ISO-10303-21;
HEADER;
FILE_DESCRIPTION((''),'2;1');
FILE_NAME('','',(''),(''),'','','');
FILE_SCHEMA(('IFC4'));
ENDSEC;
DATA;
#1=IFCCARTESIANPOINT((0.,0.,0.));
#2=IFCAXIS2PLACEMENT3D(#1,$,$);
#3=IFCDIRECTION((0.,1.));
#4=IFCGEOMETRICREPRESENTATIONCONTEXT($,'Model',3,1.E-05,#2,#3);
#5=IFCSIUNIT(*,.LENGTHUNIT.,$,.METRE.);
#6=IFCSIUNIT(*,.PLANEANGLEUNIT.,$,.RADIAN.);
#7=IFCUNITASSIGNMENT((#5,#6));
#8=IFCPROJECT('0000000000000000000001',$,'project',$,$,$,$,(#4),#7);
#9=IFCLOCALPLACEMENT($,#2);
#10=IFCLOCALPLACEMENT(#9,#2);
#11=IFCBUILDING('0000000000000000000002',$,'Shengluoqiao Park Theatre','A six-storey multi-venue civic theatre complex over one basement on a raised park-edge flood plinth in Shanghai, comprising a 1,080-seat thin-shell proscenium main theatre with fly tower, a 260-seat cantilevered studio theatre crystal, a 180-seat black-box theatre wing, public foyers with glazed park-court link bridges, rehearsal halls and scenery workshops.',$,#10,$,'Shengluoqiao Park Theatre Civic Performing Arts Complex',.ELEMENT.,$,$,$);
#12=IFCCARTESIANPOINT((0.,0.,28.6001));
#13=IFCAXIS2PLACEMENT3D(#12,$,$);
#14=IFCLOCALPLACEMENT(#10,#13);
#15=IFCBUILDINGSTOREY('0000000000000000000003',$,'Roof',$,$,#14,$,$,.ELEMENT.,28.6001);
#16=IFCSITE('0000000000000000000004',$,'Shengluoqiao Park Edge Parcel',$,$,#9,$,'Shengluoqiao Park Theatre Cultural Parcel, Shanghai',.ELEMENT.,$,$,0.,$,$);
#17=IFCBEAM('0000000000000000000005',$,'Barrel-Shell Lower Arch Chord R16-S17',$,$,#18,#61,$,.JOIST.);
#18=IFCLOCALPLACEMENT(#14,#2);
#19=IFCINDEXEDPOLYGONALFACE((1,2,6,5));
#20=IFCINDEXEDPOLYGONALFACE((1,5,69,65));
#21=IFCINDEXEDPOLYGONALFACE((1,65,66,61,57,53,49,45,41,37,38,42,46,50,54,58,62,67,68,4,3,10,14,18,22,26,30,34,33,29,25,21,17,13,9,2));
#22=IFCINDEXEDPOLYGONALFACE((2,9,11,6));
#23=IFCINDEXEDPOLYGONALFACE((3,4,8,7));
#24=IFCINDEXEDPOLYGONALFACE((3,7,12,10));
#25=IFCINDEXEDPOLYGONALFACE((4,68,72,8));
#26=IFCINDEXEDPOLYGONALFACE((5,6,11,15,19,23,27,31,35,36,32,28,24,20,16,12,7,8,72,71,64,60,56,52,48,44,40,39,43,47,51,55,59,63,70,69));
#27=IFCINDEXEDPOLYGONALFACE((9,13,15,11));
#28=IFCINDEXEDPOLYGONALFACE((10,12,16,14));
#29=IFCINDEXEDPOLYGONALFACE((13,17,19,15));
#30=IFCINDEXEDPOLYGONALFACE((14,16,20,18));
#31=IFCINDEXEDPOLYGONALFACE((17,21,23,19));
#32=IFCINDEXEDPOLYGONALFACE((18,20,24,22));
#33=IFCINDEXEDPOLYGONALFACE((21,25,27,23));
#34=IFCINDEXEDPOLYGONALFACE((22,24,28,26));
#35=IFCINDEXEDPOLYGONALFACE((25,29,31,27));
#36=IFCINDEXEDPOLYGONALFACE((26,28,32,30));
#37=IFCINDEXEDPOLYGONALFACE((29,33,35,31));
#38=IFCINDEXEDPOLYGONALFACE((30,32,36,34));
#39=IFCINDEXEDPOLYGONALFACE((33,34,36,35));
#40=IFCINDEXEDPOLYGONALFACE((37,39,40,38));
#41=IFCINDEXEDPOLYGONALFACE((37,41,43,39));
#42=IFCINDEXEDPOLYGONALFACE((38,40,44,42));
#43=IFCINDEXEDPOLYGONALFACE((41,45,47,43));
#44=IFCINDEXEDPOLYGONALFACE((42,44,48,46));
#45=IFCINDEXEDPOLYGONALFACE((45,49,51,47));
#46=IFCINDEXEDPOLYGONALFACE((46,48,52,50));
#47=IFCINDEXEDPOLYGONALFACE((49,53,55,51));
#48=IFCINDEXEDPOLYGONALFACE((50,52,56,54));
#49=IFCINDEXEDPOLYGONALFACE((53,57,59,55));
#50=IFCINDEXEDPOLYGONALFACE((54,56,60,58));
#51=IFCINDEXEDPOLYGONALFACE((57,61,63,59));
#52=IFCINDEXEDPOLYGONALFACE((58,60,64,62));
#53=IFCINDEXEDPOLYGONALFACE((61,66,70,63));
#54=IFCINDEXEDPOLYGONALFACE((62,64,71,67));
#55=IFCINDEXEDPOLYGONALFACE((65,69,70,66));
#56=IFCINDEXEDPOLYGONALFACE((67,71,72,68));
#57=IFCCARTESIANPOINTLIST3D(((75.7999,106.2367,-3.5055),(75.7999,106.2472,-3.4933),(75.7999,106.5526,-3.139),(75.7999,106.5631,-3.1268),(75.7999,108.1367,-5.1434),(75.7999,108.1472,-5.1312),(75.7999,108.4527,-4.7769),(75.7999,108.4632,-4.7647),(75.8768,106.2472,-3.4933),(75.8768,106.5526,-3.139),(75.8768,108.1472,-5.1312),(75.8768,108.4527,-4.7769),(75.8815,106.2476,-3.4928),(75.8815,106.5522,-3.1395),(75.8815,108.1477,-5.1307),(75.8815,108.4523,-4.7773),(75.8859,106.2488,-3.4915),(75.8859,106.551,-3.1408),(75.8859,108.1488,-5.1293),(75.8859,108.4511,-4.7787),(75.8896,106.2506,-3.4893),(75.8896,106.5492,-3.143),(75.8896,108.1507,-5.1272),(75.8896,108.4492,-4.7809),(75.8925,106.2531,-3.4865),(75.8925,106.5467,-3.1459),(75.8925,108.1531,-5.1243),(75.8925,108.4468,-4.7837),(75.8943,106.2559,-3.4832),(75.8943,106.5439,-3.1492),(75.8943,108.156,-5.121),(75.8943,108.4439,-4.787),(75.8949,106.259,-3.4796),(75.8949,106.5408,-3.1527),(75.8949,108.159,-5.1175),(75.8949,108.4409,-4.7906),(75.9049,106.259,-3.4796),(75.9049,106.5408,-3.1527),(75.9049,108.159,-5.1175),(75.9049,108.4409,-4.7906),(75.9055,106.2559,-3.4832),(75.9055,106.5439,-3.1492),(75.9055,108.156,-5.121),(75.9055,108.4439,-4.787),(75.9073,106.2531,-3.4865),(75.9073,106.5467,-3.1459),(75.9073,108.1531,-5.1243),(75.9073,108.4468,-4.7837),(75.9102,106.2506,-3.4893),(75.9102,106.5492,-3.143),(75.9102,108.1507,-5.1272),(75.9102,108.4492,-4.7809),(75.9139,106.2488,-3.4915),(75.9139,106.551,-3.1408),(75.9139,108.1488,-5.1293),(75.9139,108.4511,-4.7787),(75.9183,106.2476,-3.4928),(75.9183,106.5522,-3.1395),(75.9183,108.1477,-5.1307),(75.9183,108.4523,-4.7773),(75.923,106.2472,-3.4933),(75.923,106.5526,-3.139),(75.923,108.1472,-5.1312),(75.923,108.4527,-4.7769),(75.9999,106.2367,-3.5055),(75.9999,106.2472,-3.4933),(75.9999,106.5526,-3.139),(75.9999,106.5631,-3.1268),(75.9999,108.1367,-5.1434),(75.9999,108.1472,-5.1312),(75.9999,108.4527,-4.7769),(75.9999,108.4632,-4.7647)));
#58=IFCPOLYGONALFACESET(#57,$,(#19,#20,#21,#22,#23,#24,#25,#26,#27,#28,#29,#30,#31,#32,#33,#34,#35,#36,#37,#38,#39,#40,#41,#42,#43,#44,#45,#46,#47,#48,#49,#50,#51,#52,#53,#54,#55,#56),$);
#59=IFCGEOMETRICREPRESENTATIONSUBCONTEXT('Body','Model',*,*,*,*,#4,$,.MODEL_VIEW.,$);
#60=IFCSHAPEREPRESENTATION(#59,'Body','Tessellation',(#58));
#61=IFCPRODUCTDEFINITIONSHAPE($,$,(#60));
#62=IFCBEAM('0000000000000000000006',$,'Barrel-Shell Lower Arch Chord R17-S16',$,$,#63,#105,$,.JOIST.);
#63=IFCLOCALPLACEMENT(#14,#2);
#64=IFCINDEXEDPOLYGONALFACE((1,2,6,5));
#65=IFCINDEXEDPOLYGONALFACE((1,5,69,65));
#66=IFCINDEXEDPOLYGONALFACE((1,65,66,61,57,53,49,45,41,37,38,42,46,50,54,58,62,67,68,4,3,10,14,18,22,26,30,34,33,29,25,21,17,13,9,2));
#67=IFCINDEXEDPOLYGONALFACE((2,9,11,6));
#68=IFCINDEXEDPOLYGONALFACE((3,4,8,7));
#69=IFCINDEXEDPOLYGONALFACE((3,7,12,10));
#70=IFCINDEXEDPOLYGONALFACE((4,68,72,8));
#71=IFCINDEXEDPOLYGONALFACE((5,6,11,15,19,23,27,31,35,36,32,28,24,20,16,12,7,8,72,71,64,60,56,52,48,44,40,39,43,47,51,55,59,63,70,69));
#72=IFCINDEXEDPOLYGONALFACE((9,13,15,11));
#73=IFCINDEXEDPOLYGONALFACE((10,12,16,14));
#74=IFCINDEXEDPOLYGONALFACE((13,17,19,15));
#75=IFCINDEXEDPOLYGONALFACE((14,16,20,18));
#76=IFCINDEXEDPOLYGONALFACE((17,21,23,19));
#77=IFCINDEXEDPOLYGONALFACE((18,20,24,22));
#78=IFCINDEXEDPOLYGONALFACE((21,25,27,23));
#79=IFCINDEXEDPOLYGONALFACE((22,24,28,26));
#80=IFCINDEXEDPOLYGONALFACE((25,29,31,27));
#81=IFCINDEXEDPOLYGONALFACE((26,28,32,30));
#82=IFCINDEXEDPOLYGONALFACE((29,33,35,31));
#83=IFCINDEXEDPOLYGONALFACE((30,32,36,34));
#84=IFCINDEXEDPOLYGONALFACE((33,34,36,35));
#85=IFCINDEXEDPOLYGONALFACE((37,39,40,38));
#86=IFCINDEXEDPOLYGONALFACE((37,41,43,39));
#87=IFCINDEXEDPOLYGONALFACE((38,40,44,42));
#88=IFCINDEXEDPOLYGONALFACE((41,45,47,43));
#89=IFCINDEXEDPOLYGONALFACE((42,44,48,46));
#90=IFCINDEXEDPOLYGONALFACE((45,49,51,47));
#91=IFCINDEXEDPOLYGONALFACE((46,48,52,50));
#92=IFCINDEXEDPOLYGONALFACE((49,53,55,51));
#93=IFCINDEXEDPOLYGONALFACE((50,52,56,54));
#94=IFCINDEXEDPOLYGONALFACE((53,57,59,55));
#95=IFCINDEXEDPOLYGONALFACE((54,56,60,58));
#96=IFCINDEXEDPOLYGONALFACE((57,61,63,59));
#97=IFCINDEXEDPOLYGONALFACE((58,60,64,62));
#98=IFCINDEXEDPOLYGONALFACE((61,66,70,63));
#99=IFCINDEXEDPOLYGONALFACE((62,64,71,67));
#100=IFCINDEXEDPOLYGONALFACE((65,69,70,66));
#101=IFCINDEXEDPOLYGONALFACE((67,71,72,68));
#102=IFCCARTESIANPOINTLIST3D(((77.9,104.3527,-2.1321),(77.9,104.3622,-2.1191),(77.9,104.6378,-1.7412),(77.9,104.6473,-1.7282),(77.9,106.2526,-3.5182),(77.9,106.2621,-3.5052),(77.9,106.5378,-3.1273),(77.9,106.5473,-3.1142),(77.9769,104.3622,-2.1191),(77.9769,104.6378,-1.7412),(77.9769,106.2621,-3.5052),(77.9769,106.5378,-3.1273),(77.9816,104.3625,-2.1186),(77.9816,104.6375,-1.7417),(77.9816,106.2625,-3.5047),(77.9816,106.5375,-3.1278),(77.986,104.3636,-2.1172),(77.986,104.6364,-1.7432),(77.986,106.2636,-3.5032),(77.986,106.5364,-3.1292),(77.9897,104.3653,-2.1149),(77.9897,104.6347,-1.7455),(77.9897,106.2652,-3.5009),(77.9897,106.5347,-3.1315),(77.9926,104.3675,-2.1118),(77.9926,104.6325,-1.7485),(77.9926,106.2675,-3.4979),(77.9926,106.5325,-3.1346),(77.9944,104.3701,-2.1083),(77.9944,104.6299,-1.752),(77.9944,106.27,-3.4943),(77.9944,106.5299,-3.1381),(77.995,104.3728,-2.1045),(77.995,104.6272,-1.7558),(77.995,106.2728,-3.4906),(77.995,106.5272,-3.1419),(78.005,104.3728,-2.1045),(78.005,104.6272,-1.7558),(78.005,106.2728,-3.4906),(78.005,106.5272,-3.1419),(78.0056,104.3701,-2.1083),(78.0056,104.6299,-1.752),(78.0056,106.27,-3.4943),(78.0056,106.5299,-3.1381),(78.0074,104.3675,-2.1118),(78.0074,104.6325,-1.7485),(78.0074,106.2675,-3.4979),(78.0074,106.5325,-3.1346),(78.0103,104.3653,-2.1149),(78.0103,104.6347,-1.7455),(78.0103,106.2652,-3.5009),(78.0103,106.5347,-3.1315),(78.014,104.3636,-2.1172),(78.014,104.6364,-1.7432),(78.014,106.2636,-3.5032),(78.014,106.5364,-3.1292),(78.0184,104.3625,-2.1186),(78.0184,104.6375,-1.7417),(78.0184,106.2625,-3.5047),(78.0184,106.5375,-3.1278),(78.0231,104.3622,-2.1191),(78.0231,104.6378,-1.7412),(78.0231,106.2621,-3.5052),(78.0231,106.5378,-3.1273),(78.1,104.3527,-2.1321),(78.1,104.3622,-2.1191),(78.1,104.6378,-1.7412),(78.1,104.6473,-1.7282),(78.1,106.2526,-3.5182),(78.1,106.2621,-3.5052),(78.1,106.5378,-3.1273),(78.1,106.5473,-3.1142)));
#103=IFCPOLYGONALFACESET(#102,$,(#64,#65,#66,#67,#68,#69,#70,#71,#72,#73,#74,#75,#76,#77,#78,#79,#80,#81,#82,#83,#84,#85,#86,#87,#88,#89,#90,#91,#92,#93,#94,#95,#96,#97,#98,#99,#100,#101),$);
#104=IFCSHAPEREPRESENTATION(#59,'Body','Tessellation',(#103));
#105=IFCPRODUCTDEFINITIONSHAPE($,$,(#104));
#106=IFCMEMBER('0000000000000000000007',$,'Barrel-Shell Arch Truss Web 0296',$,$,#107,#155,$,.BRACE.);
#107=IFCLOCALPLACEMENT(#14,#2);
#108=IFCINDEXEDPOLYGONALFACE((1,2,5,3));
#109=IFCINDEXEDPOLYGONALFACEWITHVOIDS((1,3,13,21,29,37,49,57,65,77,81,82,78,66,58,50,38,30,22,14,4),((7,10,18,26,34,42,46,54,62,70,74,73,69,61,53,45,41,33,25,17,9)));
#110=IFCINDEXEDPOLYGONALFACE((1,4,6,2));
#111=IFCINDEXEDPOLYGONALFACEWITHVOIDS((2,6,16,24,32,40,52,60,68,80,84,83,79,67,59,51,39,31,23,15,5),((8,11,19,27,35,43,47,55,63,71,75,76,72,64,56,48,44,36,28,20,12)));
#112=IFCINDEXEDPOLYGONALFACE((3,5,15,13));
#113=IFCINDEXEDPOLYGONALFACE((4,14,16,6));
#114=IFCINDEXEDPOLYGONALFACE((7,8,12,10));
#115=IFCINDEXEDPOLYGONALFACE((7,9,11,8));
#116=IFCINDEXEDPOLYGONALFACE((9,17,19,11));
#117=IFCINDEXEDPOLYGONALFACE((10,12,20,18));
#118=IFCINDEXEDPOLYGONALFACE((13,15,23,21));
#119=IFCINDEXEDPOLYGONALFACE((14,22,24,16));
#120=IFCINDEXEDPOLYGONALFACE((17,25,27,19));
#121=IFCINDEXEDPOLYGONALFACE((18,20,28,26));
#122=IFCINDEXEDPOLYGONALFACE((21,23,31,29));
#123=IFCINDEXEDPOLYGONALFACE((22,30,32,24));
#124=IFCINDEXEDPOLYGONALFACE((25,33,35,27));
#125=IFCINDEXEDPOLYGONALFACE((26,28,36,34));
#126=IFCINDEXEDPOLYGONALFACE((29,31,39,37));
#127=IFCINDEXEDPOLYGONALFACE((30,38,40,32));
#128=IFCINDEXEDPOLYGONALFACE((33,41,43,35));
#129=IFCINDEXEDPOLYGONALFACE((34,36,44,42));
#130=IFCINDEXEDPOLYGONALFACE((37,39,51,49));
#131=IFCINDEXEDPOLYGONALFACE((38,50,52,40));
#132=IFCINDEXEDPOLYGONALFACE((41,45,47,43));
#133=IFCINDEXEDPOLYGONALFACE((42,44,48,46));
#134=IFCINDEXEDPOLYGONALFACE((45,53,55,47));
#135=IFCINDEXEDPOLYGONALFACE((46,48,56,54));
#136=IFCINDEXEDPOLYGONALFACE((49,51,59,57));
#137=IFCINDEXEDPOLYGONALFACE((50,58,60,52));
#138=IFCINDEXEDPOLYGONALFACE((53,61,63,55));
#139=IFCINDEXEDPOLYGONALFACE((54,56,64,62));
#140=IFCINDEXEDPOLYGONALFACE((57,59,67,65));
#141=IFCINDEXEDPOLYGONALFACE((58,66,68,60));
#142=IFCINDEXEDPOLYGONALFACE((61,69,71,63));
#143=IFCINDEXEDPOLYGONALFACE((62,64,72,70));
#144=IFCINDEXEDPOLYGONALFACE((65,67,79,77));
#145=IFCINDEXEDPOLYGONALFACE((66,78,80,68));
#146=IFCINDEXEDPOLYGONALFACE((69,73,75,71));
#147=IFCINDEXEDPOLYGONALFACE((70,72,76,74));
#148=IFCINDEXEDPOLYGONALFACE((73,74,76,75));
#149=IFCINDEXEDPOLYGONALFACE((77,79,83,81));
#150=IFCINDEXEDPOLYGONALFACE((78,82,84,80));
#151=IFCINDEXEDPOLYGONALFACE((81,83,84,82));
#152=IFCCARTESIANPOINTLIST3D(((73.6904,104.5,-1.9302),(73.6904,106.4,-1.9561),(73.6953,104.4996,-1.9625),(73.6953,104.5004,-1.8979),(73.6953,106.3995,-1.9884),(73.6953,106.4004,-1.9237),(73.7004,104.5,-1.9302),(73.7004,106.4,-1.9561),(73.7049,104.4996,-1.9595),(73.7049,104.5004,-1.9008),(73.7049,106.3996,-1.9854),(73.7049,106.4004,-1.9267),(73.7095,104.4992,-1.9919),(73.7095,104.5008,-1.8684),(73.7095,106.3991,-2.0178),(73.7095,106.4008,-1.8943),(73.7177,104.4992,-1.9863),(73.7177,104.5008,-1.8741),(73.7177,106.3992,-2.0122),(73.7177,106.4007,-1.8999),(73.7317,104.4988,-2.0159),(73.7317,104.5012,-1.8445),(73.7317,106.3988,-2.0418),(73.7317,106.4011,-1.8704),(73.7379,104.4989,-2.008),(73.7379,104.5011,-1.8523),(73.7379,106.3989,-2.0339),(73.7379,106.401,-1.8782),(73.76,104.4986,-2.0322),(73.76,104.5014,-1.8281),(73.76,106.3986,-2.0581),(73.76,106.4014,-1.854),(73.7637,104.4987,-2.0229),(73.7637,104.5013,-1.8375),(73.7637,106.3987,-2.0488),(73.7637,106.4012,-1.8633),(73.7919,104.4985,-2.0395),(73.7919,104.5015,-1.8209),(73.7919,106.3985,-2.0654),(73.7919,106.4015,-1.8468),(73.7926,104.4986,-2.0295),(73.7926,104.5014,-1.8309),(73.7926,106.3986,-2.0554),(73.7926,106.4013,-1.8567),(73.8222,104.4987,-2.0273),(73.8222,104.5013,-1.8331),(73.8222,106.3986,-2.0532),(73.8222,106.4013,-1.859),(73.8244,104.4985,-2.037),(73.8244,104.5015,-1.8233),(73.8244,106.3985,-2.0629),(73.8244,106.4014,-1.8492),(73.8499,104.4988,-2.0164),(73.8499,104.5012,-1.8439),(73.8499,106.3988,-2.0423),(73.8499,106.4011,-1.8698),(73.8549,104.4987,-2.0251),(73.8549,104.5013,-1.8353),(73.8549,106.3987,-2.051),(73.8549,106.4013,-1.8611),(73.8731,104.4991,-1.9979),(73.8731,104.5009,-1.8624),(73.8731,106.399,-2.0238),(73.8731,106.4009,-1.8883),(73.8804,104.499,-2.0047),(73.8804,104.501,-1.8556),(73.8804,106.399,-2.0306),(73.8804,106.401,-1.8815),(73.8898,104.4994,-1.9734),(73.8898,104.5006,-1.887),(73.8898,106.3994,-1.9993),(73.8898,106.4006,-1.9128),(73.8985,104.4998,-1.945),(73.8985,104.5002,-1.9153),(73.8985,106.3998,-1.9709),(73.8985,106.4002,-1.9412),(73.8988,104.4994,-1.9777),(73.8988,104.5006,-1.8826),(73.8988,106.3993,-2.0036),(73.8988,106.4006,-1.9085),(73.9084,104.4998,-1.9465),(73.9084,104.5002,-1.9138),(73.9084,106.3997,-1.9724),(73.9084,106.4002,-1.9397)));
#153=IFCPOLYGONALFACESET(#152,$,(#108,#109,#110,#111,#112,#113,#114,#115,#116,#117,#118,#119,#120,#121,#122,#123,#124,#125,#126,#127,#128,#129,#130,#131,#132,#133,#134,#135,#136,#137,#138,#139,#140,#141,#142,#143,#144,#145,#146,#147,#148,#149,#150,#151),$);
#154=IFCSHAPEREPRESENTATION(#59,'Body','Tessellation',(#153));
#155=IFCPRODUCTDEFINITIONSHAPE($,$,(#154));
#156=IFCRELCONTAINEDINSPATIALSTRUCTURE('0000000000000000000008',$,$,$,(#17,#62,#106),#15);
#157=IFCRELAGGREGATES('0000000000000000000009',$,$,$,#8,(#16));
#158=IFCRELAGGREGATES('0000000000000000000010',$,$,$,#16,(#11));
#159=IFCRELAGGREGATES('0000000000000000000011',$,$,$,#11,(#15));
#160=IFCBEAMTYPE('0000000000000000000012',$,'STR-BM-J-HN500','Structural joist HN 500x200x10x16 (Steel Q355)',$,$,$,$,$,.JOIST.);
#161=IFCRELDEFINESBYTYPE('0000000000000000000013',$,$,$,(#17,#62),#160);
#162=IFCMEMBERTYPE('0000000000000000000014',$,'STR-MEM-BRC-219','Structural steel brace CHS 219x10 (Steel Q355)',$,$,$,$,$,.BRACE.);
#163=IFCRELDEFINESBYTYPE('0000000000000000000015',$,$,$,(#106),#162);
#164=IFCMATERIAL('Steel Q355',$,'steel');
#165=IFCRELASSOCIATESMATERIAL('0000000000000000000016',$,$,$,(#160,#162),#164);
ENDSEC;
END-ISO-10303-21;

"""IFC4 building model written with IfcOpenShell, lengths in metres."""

from ifc_helpers import new_model, si_unit, direction, frame, origin, origin_2d, place, context, subcontext, project, spatial, hollow_circle, i_section, extrude, material, material_profile, profile_set, type_object, element, save


model = new_model("IFC4")

# Units and contexts
model_context = context("Model", 3, precision=1e-05, world=origin(), true_north=direction((0.0, 1.0)))
body_context = subcontext(model_context, "Body", "Model", "MODEL_VIEW")
ifc_project = project(units=[si_unit("LENGTHUNIT", "METRE"), si_unit("PLANEANGLEUNIT", "RADIAN")], contexts=[model_context])

# Site, building, storey
site_placement = place(None, origin())
site = spatial("IfcSite", under=ifc_project, at=site_placement, Name="Shengluoqiao Park Edge Parcel", LongName="Shengluoqiao Park Theatre Cultural Parcel, Shanghai", CompositionType="ELEMENT", RefElevation=0.0)
building_placement = place(site_placement, origin())
building = spatial("IfcBuilding", under=site, at=building_placement, Name="Shengluoqiao Park Theatre", Description="A six-storey multi-venue civic theatre complex over one basement on a raised park-edge flood plinth in Shanghai, comprising a 1,080-seat thin-shell proscenium main theatre with fly tower, a 260-seat cantilevered studio theatre crystal, a 180-seat black-box theatre wing, public foyers with glazed park-court link bridges, rehearsal halls and scenery workshops.", LongName="Shengluoqiao Park Theatre Civic Performing Arts Complex", CompositionType="ELEMENT")
storey_placement = place(building_placement, frame((0.0, 0.0, 28.6001)))
storey = spatial("IfcBuildingStorey", under=building, at=storey_placement, Name="Roof", CompositionType="ELEMENT", Elevation=28.6001)

# Beams
ifc_material_1 = material(Name="Steel Q355", Category="steel")
ifc_material_profile_1 = material_profile(ifc_material_1, i_section(OverallWidth=0.2, OverallDepth=0.5, WebThickness=0.01, FlangeThickness=0.0161, FilletRadius=0.0181, at=origin_2d()), Name="HN 500x200x10x16")
ifc_profile_set_1 = profile_set([ifc_material_profile_1], Name="Steel Q355")
beam_type_1 = type_object("IfcBeamType", Name="STR-BM-J-HN500", Description="Structural joist HN 500x200x10x16 (Steel Q355)", PredefinedType="JOIST", material=ifc_profile_set_1)
beam_1_placement = place(storey_placement, frame((75.8999, 106.3999, -3.3162), z_axis=(0.0, 0.757433, -0.652913), x_axis=(-1.0, 0.0, 0.0)))
element("IfcBeam", 1, at=beam_1_placement, inside=storey, type_object=beam_type_1, Name="Barrel-Shell Lower Arch Chord R16-S17", PredefinedType="JOIST", context=body_context, shape_type="SweptSolid", body=[
    extrude(i_section(OverallWidth=0.2, OverallDepth=0.5, WebThickness=0.01, FlangeThickness=0.0161, FilletRadius=0.0181, at=origin_2d()), origin(), (0.0, 0.0, 1.0), 2.5085),
])
beam_2_placement = place(storey_placement, frame((78.0, 104.5, -1.9302), z_axis=(0.0, 0.807878, -0.58935), x_axis=(-1.0, 0.0, 0.0)))
element("IfcBeam", 2, at=beam_2_placement, inside=storey, type_object=beam_type_1, Name="Barrel-Shell Lower Arch Chord R17-S16", PredefinedType="JOIST", context=body_context, shape_type="SweptSolid", body=[
    extrude(i_section(OverallWidth=0.2, OverallDepth=0.5, WebThickness=0.01, FlangeThickness=0.0161, FilletRadius=0.0181, at=origin_2d()), origin(), (0.0, 0.0, 1.0), 2.3518),
])

# Member
ifc_material_profile_2 = material_profile(ifc_material_1, hollow_circle(Radius=0.1096, WallThickness=0.01, at=origin_2d()), Name="CHS 219x10")
ifc_profile_set_2 = profile_set([ifc_material_profile_2], Name="Steel Q355")
member_type_1 = type_object("IfcMemberType", Name="STR-MEM-BRC-219", Description="Structural steel brace CHS 219x10 (Steel Q355)", PredefinedType="BRACE", material=ifc_profile_set_2)
member_1_placement = place(storey_placement, frame((73.8, 104.5, -1.9302), z_axis=(0.0, 0.999907, -0.01362), x_axis=(-1.0, 0.0, 0.0)))
element("IfcMember", 3, at=member_1_placement, inside=storey, type_object=member_type_1, Name="Barrel-Shell Arch Truss Web 0296", PredefinedType="BRACE", context=body_context, shape_type="SweptSolid", body=[
    extrude(hollow_circle(Radius=0.1096, WallThickness=0.01, at=origin_2d()), origin(), (0.0, 0.0, 1.0), 1.9001),
])

save(model, "model.ifc")
